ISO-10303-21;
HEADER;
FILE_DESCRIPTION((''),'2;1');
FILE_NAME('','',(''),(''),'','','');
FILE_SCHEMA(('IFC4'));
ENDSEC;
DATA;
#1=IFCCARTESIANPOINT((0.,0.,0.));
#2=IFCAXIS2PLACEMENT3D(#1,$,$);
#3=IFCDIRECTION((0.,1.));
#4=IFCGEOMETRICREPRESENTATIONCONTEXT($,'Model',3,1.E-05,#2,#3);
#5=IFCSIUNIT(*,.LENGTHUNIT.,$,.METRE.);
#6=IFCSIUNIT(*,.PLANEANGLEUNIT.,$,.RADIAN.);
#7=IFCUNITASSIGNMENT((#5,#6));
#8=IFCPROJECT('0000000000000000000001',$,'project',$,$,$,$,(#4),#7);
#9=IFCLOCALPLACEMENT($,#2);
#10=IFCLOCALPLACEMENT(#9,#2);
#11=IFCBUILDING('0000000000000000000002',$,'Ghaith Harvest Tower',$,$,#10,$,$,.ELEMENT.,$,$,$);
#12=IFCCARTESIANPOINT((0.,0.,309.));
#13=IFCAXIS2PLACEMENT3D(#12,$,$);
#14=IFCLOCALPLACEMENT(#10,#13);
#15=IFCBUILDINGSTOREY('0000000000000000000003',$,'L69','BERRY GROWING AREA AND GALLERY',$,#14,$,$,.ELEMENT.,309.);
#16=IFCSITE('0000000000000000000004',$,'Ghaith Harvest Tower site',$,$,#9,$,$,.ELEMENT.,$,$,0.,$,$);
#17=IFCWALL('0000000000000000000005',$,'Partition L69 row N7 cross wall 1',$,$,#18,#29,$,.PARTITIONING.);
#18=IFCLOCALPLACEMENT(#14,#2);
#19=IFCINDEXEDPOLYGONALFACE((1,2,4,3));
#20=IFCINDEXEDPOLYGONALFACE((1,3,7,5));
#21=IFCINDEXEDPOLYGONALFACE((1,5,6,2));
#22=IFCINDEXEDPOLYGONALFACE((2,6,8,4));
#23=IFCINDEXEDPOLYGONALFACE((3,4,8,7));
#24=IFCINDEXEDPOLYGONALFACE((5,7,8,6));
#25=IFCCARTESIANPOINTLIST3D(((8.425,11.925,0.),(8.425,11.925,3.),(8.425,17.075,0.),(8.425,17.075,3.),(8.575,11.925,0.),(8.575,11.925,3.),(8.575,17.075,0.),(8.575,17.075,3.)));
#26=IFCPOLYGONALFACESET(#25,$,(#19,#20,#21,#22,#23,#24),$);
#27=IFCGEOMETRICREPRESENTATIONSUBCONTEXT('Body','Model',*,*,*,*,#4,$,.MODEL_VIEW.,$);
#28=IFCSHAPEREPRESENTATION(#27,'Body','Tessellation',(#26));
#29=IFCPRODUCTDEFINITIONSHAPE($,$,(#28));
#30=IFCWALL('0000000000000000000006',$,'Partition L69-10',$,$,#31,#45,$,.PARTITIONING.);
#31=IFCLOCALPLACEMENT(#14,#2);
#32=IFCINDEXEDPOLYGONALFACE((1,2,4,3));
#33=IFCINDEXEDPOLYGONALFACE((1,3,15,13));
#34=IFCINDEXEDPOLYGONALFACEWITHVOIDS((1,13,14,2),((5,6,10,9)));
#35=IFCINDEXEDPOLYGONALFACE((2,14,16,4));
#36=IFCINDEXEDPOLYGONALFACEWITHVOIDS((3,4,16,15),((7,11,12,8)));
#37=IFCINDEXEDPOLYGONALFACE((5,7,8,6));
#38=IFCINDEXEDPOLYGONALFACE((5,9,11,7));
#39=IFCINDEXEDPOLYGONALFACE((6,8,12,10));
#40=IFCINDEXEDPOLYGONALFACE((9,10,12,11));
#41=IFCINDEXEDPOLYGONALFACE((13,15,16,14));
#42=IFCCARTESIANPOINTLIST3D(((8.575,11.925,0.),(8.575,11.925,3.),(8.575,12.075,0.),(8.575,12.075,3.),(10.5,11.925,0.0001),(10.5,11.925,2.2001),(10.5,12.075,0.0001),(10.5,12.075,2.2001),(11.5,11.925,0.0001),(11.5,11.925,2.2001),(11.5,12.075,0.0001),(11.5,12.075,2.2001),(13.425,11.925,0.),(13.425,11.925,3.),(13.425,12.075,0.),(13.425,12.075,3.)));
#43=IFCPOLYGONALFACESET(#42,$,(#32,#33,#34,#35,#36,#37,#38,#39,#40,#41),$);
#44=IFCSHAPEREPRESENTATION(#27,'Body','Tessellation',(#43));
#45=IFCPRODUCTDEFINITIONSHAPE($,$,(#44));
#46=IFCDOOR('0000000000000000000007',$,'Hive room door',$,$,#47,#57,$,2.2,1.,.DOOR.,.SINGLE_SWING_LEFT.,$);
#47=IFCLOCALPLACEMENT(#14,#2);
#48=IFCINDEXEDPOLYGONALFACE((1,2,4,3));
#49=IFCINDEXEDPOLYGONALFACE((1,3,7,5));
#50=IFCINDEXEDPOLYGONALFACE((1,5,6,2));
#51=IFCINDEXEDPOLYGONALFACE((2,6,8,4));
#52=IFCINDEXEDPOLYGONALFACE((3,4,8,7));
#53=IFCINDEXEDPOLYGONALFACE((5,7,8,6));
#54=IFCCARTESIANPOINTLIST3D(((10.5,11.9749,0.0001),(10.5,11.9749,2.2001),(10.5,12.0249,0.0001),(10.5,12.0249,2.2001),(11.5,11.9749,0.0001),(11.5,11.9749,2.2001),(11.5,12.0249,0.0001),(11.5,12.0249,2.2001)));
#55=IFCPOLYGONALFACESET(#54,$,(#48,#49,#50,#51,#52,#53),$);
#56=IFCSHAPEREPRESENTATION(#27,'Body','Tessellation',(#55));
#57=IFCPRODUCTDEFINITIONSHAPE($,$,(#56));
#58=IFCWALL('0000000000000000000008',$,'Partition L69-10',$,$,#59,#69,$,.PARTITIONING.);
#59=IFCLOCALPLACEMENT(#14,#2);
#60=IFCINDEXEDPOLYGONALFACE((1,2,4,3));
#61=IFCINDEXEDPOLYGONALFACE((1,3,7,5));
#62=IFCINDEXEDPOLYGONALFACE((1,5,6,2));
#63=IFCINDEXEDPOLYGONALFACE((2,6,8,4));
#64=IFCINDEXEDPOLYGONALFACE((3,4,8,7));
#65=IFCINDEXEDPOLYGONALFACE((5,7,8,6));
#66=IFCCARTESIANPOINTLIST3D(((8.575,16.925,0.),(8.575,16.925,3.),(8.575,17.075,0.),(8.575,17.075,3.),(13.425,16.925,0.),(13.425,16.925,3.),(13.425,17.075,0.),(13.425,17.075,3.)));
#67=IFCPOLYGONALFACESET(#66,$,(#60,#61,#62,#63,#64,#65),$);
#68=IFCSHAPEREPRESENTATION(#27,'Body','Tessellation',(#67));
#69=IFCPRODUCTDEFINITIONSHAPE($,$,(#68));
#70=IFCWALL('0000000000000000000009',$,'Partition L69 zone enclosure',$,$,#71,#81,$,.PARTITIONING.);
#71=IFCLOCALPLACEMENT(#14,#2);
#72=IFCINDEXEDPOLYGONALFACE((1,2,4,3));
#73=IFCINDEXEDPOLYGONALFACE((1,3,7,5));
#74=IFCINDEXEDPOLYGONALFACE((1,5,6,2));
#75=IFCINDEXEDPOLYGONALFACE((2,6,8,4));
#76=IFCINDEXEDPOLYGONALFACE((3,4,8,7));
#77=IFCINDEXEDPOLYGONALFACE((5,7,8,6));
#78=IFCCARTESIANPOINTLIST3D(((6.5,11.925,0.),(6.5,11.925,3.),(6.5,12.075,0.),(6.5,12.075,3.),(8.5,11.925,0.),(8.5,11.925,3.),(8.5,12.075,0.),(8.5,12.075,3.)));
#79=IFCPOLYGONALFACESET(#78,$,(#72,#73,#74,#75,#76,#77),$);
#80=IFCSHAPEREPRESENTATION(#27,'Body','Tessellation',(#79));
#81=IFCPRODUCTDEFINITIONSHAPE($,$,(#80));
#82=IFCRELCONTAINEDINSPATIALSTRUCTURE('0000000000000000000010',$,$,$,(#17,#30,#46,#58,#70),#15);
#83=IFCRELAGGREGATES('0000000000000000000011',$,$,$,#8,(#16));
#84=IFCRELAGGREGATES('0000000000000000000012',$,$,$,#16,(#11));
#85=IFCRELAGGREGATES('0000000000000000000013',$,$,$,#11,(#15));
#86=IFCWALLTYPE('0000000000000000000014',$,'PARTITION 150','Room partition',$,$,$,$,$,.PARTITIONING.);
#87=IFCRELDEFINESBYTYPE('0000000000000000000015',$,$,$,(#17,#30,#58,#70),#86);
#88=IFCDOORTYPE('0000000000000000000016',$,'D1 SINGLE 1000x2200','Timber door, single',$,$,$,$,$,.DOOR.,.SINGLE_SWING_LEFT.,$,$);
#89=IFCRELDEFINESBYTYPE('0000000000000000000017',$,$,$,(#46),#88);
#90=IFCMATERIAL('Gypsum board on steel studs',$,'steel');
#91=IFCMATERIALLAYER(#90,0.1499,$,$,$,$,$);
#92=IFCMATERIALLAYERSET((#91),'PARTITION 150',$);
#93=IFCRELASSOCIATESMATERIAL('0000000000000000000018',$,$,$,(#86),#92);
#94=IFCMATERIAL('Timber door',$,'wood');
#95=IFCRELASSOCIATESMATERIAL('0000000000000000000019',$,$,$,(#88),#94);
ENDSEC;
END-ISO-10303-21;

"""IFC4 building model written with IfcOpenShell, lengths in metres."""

from ifc_helpers import new_model, si_unit, direction, frame, frame_2d, origin, place, context, subcontext, project, spatial, rectangle, extrude, material, layer, layer_set, type_object, element, fill, save


model = new_model("IFC4")

# Units and contexts
model_context = context("Model", 3, precision=1e-05, world=origin(), true_north=direction((0.0, 1.0)))
body_context = subcontext(model_context, "Body", "Model", "MODEL_VIEW")
ifc_project = project(units=[si_unit("LENGTHUNIT", "METRE"), si_unit("PLANEANGLEUNIT", "RADIAN")], contexts=[model_context])

# Site, building, storey
site_placement = place(None, origin())
site = spatial("IfcSite", under=ifc_project, at=site_placement, Name="Ghaith Harvest Tower site", CompositionType="ELEMENT", RefElevation=0.0)
building_placement = place(site_placement, origin())
building = spatial("IfcBuilding", under=site, at=building_placement, Name="Ghaith Harvest Tower", CompositionType="ELEMENT")
storey_placement = place(building_placement, frame((0.0, 0.0, 309.0)))
storey = spatial("IfcBuildingStorey", under=building, at=storey_placement, Name="L69", Description="BERRY GROWING AREA AND GALLERY", CompositionType="ELEMENT", Elevation=309.0)

# Shared definitions
ifc_material_1 = material(Name="Gypsum board on steel studs", Category="steel")
ifc_layer_1 = layer(ifc_material_1, 0.1499)
ifc_layer_set_1 = layer_set([ifc_layer_1], Name="PARTITION 150")
wall_type = type_object("IfcWallType", Name="PARTITION 150", Description="Room partition", PredefinedType="PARTITIONING", material=ifc_layer_set_1)

# Wall
wall_1_placement = place(storey_placement, frame((8.5, 11.925, 0.0), z_axis=(0.0, 0.0, 1.0), x_axis=(0.0, 1.0, 0.0)))
element("IfcWall", 1, at=wall_1_placement, inside=storey, type_object=wall_type, Name="Partition L69 row N7 cross wall 1", PredefinedType="PARTITIONING", context=body_context, shape_type="SweptSolid", body=[
    extrude(rectangle(XDim=5.1499, YDim=0.1499, at=frame_2d((2.575, 0.0))), origin(), (0.0, 0.0, 1.0), 3.0),
])

# Wall, opening, door
wall_2_placement = place(storey_placement, frame((8.575, 12.0, 0.0), z_axis=(0.0, 0.0, 1.0), x_axis=(1.0, 0.0, 0.0)))
wall_2 = element("IfcWall", 2, at=wall_2_placement, inside=storey, type_object=wall_type, Name="Partition L69-10", PredefinedType="PARTITIONING", context=body_context, shape_type="SweptSolid", body=[
    extrude(rectangle(XDim=4.8501, YDim=0.1499, at=frame_2d((2.425, 0.0))), origin(), (0.0, 0.0, 1.0), 3.0),
])
opening_1_placement = place(wall_2_placement, frame((1.925, 0.0, 0.0)))
opening_1 = element("IfcOpeningElement", 3, at=opening_1_placement, cuts=wall_2, PredefinedType="OPENING", context=body_context, shape_type="SweptSolid", body=[
    extrude(rectangle(XDim=1.0, YDim=2.2, at=frame_2d((0.5, 1.1001))), frame((0.0, 0.085, 0.0), z_axis=(0.0, -1.0, 0.0), x_axis=(1.0, 0.0, 0.0)), (0.0, 0.0, 1.0), 0.1699),
])
ifc_material_2 = material(Name="Timber door", Category="wood")
door_type_1 = type_object("IfcDoorType", Name="D1 SINGLE 1000x2200", Description="Timber door, single", OperationType="SINGLE_SWING_LEFT", PredefinedType="DOOR", material=ifc_material_2)
door_1_placement = place(opening_1_placement, origin())
door_1 = element("IfcDoor", 4, at=door_1_placement, inside=storey, type_object=door_type_1, Name="Hive room door", OperationType="SINGLE_SWING_LEFT", OverallHeight=2.2, OverallWidth=1.0, PredefinedType="DOOR", context=body_context, shape_type="SweptSolid", body=[
    extrude(rectangle(XDim=1.0, YDim=2.2, at=frame_2d((0.5, 1.1001))), frame((0.0, 0.0249, 0.0), z_axis=(0.0, -1.0, 0.0), x_axis=(1.0, 0.0, 0.0)), (0.0, 0.0, 1.0), 0.05),
])
fill(opening_1, door_1)

# Walls
wall_3_placement = place(storey_placement, frame((8.575, 17.0, 0.0), z_axis=(0.0, 0.0, 1.0), x_axis=(1.0, 0.0, 0.0)))
element("IfcWall", 5, at=wall_3_placement, inside=storey, type_object=wall_type, Name="Partition L69-10", PredefinedType="PARTITIONING", context=body_context, shape_type="SweptSolid", body=[
    extrude(rectangle(XDim=4.8501, YDim=0.1499, at=frame_2d((2.425, 0.0))), origin(), (0.0, 0.0, 1.0), 3.0),
])
wall_4_placement = place(storey_placement, frame((8.5, 12.0, 0.0), z_axis=(0.0, 0.0, 1.0), x_axis=(-1.0, 0.0, 0.0)))
element("IfcWall", 6, at=wall_4_placement, inside=storey, type_object=wall_type, Name="Partition L69 zone enclosure", PredefinedType="PARTITIONING", context=body_context, shape_type="SweptSolid", body=[
    extrude(rectangle(XDim=2.0, YDim=0.1499, at=frame_2d((1.0, 0.0))), origin(), (0.0, 0.0, 1.0), 3.0),
])

save(model, "model.ifc")
